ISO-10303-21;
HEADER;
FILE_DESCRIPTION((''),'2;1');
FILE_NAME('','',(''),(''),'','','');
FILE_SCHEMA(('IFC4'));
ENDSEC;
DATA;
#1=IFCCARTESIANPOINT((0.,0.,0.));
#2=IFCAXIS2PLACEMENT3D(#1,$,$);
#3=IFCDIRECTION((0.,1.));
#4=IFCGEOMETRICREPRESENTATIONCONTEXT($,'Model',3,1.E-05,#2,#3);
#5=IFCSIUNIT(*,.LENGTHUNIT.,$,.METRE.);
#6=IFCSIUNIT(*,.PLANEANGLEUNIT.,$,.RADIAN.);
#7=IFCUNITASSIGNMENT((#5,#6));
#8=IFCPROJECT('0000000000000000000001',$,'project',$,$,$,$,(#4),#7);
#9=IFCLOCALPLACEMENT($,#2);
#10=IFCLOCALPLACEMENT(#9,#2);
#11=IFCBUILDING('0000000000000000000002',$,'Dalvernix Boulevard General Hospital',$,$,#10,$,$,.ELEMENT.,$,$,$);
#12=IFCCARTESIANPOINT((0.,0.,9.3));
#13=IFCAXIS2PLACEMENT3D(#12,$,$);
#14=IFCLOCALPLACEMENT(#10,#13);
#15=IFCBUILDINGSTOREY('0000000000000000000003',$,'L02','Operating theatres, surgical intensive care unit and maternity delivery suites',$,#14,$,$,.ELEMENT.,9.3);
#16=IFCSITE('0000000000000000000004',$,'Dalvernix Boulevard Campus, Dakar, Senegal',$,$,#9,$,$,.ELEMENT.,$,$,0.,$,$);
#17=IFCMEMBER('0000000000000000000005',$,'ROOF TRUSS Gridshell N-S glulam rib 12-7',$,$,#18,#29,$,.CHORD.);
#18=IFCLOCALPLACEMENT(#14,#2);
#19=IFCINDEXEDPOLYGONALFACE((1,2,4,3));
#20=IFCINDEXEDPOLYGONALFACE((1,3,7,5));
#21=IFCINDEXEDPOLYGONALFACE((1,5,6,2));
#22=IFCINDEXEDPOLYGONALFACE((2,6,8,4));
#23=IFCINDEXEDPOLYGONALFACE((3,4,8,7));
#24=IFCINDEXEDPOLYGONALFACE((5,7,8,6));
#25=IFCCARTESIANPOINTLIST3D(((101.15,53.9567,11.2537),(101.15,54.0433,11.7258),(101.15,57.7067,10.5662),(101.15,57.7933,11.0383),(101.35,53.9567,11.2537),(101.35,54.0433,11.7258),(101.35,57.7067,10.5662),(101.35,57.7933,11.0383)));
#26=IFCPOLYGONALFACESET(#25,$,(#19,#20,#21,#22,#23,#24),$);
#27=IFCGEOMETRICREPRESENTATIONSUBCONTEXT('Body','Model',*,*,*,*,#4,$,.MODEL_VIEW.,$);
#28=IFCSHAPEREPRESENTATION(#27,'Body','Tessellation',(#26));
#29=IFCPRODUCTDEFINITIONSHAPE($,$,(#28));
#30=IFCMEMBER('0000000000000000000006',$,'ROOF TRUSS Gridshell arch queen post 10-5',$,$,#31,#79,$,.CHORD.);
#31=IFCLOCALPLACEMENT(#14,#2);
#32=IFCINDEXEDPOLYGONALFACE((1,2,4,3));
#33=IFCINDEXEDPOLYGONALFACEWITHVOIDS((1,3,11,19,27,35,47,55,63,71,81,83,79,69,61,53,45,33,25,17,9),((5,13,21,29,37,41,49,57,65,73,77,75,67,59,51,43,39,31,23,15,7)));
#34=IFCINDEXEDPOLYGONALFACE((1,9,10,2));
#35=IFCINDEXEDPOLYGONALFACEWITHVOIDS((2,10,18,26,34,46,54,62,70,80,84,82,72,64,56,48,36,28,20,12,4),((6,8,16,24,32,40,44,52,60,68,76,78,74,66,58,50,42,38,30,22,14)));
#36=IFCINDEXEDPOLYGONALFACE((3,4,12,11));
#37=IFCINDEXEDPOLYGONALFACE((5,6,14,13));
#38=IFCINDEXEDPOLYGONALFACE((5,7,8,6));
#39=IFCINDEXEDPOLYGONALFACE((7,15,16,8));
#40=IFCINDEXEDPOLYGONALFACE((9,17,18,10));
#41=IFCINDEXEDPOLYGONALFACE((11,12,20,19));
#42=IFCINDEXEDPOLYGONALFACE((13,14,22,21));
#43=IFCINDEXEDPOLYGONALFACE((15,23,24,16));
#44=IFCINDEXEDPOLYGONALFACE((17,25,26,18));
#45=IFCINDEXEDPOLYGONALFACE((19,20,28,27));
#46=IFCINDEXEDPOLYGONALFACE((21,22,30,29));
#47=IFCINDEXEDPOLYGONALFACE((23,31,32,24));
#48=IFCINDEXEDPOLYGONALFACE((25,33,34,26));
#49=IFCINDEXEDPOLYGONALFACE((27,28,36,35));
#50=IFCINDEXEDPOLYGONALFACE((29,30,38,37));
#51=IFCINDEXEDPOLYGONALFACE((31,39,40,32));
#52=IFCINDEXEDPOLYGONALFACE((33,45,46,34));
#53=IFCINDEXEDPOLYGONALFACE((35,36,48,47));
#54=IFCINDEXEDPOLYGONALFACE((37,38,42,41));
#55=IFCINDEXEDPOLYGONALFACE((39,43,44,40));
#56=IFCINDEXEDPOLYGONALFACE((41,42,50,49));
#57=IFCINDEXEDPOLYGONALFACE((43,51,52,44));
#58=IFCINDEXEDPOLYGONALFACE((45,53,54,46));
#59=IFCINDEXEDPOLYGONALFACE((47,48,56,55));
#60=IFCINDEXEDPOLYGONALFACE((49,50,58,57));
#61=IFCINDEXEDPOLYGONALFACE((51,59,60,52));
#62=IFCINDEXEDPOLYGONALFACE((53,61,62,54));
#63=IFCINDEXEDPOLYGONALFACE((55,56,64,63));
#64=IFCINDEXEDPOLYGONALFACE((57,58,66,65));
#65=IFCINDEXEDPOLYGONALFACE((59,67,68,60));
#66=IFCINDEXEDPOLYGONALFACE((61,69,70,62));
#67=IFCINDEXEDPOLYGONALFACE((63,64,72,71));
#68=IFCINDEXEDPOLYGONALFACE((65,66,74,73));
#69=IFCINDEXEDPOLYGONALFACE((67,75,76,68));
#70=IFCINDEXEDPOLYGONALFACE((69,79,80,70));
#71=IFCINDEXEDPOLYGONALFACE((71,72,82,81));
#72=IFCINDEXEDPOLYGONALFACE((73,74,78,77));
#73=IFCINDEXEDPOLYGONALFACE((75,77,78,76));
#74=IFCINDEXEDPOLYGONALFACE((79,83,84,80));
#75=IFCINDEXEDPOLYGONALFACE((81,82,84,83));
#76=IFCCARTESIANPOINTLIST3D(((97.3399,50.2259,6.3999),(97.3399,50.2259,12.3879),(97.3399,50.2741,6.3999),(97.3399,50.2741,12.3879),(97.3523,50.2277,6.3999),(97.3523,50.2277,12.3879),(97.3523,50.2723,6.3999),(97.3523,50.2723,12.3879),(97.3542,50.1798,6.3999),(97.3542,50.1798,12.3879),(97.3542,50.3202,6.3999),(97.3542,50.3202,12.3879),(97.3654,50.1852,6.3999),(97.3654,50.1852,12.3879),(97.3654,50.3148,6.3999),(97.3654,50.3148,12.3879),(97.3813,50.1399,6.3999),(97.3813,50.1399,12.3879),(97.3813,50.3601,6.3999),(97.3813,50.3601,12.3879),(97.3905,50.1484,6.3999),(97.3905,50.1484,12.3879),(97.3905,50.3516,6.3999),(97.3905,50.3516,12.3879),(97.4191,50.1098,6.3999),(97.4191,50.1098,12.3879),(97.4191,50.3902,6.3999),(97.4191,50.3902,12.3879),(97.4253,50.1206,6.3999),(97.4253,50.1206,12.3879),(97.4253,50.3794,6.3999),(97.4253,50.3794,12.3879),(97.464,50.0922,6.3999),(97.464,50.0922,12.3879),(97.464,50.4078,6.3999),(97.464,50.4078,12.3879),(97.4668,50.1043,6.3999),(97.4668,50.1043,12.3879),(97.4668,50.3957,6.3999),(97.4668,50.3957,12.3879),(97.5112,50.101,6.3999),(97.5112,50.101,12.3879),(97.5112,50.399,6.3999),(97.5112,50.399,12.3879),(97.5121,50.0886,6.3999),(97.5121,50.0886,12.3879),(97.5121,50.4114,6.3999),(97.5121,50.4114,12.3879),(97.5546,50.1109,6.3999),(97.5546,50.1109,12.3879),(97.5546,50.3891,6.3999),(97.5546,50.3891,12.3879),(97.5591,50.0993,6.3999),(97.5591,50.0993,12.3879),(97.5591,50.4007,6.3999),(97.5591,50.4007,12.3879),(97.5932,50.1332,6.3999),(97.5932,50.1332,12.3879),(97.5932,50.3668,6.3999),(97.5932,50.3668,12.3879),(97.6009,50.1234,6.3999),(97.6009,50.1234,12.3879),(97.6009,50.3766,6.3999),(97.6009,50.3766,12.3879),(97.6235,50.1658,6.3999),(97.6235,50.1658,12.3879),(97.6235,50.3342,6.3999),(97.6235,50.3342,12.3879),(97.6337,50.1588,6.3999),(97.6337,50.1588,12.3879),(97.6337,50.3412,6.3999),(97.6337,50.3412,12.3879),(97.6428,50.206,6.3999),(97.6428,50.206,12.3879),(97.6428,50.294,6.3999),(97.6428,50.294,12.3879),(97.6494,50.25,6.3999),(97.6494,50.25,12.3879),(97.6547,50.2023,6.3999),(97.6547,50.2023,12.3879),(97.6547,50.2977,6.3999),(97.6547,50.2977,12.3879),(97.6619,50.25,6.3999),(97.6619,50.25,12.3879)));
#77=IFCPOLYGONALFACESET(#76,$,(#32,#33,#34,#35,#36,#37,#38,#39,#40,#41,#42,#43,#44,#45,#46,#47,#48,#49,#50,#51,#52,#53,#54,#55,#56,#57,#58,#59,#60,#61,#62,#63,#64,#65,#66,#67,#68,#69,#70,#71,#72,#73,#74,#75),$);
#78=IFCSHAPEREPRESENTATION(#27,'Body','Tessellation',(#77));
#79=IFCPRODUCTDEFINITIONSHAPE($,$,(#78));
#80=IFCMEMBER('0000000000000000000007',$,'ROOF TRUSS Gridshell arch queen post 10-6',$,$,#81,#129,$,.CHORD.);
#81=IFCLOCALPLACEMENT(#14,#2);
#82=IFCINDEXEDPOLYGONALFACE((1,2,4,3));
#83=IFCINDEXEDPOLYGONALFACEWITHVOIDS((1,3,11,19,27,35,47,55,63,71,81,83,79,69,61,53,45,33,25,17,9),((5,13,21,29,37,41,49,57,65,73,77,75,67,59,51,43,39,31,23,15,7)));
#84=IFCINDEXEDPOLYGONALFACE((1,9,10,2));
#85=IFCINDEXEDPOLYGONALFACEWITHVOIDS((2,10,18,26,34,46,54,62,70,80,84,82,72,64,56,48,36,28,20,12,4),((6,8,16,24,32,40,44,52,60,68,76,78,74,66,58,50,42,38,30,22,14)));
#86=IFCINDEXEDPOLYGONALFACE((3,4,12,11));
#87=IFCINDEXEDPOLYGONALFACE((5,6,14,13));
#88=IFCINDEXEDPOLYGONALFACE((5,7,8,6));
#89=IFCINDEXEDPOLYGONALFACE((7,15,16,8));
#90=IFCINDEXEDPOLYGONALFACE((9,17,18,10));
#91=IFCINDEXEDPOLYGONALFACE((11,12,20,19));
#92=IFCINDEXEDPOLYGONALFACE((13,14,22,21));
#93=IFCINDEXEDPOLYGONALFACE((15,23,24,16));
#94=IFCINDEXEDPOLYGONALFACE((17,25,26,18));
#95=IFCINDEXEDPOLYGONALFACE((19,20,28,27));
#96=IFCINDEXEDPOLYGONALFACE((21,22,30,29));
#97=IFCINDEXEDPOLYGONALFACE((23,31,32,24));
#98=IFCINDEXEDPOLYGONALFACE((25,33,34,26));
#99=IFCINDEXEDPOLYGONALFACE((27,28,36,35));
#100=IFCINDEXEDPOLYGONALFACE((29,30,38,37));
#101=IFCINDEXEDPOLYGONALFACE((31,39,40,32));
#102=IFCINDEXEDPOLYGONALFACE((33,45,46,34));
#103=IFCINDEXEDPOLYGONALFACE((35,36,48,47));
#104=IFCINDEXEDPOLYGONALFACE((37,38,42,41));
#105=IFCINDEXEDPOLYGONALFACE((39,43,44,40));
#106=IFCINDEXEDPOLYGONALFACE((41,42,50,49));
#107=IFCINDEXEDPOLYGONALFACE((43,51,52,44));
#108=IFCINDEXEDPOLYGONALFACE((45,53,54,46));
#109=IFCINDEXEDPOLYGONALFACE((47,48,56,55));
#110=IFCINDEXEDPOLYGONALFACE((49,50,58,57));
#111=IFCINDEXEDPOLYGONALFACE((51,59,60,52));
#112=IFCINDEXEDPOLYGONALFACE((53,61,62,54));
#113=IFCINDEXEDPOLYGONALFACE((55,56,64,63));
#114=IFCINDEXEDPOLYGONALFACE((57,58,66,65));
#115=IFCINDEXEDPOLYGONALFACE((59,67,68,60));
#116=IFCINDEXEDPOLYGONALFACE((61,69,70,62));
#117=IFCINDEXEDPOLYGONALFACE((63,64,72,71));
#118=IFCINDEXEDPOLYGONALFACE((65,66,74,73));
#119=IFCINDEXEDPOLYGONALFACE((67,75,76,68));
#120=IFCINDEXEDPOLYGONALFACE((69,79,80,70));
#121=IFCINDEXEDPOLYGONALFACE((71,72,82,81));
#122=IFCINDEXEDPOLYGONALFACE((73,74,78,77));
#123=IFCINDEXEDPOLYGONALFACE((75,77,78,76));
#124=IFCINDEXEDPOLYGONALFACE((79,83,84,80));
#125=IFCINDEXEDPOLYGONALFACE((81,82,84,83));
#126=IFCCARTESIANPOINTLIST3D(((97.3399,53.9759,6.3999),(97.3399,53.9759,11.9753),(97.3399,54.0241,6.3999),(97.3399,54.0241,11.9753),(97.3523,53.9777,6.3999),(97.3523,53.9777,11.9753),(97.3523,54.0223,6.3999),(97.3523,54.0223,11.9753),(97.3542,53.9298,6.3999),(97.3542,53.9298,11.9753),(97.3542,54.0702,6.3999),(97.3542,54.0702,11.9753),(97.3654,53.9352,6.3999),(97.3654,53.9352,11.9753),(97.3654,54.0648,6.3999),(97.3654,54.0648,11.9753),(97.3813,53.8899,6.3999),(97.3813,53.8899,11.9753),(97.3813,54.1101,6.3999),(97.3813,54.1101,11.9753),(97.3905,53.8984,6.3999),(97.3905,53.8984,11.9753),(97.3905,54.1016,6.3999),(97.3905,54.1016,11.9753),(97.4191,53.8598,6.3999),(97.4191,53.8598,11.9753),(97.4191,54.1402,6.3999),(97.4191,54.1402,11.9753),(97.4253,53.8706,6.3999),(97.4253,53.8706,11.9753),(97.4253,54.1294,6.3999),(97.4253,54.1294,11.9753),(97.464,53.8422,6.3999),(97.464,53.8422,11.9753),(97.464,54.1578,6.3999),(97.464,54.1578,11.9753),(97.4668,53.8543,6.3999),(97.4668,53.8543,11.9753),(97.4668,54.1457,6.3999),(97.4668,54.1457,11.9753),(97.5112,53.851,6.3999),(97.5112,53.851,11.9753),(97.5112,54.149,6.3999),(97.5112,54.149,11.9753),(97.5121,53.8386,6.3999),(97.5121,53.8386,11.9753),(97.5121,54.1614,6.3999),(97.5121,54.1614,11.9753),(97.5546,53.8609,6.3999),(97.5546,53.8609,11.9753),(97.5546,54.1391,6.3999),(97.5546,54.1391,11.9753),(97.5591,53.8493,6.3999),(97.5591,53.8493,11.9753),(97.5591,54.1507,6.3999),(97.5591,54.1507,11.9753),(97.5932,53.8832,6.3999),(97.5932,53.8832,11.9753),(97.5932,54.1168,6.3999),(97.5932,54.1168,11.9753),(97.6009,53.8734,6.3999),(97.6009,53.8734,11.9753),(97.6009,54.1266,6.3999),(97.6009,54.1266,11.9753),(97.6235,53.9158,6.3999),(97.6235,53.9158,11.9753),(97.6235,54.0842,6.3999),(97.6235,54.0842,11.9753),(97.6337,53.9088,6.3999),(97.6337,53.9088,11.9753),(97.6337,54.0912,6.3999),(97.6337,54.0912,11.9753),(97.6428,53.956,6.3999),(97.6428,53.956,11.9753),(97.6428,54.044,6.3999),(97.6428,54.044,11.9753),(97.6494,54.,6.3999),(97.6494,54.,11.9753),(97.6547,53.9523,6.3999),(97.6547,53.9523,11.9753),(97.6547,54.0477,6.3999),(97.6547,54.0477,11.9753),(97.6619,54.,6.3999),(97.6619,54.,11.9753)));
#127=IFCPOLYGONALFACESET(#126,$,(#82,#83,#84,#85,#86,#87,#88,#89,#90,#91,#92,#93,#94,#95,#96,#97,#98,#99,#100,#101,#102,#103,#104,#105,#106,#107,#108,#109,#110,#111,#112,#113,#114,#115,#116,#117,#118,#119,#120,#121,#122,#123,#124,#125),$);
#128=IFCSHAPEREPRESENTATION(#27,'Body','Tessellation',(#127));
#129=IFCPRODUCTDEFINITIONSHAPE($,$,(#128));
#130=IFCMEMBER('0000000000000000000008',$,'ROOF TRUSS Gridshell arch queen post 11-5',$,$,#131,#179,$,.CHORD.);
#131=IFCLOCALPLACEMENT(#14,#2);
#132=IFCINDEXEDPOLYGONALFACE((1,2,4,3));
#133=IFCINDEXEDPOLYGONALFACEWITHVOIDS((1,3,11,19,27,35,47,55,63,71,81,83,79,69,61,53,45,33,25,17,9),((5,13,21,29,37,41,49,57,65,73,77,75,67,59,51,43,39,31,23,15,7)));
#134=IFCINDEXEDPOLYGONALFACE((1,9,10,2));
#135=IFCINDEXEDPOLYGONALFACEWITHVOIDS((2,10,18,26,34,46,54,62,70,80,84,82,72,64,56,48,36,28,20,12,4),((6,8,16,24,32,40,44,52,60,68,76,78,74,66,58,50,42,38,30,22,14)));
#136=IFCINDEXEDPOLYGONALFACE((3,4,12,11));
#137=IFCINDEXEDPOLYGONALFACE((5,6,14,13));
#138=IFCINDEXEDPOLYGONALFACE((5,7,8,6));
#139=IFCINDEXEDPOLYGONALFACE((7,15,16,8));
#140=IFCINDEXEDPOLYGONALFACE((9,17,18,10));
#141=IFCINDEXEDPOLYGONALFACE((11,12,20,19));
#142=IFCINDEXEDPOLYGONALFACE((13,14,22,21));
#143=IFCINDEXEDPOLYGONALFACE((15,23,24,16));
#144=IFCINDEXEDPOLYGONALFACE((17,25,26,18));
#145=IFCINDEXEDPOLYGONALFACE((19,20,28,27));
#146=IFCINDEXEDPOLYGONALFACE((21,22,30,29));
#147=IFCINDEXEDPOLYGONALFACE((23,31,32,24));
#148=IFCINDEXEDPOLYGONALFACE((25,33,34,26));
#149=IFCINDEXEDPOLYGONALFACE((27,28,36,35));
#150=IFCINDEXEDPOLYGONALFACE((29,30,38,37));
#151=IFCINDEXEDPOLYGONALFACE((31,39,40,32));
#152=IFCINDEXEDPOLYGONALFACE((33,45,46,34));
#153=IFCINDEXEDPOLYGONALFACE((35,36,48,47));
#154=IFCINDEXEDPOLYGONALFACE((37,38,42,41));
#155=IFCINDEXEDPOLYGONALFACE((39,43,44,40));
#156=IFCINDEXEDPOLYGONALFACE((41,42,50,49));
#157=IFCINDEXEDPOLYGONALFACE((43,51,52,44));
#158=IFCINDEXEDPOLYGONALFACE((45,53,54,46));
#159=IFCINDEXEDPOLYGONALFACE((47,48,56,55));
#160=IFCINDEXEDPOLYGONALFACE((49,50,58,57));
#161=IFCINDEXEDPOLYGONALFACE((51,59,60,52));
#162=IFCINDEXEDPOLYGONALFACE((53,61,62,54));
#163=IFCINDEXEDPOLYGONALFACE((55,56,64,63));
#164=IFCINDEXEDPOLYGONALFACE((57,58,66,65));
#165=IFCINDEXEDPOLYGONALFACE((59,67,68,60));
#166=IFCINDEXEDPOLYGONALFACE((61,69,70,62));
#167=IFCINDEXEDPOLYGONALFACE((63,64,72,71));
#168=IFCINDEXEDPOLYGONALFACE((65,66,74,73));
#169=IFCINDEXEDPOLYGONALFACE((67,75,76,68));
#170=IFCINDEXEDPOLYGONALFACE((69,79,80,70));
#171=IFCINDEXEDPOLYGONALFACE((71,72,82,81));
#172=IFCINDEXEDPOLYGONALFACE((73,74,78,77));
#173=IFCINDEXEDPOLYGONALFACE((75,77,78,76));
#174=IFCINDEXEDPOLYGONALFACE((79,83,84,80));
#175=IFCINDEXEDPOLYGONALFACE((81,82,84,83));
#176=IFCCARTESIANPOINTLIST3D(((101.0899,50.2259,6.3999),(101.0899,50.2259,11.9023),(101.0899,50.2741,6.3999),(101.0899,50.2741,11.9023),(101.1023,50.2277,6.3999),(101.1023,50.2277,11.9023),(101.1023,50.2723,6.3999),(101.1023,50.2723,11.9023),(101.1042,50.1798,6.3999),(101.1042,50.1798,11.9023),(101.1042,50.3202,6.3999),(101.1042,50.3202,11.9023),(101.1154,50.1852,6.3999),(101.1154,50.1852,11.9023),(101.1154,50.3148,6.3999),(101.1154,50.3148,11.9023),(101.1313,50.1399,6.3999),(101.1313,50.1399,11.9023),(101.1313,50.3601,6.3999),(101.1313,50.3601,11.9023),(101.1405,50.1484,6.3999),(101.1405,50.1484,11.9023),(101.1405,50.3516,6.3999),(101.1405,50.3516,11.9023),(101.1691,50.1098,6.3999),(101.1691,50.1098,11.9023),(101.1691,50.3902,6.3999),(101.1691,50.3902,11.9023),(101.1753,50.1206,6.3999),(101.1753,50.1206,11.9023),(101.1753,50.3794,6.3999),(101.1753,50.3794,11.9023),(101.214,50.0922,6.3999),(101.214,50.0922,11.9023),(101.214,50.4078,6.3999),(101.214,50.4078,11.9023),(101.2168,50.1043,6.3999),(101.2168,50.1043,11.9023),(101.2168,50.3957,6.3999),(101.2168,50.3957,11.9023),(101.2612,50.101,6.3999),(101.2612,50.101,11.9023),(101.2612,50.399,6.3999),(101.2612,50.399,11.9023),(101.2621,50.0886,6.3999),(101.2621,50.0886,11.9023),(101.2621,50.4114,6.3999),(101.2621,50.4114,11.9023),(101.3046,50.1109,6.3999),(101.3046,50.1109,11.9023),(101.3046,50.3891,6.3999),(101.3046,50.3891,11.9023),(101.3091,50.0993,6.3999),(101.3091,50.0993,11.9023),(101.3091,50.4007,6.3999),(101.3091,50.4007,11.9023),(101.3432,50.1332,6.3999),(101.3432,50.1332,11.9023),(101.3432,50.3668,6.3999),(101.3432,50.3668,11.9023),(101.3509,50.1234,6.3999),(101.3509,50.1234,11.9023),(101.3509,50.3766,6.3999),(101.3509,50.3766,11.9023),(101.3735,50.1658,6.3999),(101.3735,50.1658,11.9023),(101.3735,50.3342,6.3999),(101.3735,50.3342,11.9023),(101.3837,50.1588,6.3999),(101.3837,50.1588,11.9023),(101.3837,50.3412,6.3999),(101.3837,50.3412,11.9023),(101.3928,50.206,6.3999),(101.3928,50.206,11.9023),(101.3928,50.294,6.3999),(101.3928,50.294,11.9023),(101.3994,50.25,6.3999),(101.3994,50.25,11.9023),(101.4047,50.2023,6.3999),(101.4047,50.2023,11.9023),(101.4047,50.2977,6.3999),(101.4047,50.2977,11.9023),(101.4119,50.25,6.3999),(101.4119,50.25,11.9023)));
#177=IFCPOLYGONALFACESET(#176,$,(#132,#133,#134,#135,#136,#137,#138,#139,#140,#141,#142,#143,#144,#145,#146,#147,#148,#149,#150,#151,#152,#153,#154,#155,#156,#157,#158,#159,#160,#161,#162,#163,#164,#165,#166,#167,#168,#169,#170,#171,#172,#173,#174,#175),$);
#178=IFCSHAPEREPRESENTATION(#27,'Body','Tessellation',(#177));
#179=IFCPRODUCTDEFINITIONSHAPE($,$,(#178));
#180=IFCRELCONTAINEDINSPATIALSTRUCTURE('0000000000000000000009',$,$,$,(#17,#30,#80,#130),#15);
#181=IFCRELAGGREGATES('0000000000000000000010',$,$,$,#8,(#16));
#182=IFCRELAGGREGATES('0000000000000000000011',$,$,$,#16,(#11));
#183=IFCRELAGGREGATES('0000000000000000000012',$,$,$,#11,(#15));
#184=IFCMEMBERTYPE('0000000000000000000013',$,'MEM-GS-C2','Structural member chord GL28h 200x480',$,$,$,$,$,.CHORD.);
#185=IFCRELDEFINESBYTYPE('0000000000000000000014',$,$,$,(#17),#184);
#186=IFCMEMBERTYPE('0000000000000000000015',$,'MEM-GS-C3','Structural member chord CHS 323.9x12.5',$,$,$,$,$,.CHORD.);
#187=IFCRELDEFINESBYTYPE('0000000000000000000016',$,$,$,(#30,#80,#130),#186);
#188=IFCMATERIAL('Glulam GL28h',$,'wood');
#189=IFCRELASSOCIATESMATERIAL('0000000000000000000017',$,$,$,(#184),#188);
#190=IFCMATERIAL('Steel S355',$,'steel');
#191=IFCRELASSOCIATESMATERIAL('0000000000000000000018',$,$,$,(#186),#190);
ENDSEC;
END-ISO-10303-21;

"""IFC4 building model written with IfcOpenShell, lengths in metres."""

from ifc_helpers import new_model, si_unit, direction, frame, origin, origin_2d, place, context, subcontext, project, spatial, rectangle, hollow_circle, extrude, material, material_profile, profile_set, type_object, element, save


model = new_model("IFC4")

# Units and contexts
model_context = context("Model", 3, precision=1e-05, world=origin(), true_north=direction((0.0, 1.0)))
body_context = subcontext(model_context, "Body", "Model", "MODEL_VIEW")
ifc_project = project(units=[si_unit("LENGTHUNIT", "METRE"), si_unit("PLANEANGLEUNIT", "RADIAN")], contexts=[model_context])

# Site, building, storey
site_placement = place(None, origin())
site = spatial("IfcSite", under=ifc_project, at=site_placement, Name="Dalvernix Boulevard Campus, Dakar, Senegal", CompositionType="ELEMENT", RefElevation=0.0)
building_placement = place(site_placement, origin())
building = spatial("IfcBuilding", under=site, at=building_placement, Name="Dalvernix Boulevard General Hospital", CompositionType="ELEMENT")
storey_placement = place(building_placement, frame((0.0, 0.0, 9.3)))
storey = spatial("IfcBuildingStorey", under=building, at=storey_placement, Name="L02", Description="Operating theatres, surgical intensive care unit and maternity delivery suites", CompositionType="ELEMENT", Elevation=9.3)

# Shared definitions
ifc_material_1 = material(Name="Steel S355", Category="steel")

# Members
ifc_material_2 = material(Name="Glulam GL28h", Category="wood")
ifc_material_profile_1 = material_profile(ifc_material_2, rectangle(XDim=0.2, YDim=0.48, at=origin_2d()), Name="GL28h 200x480")
ifc_profile_set_1 = profile_set([ifc_material_profile_1], Name="Glulam GL28h")
member_type_1 = type_object("IfcMemberType", Name="MEM-GS-C2", Description="Structural member chord GL28h 200x480", PredefinedType="CHORD", material=ifc_profile_set_1)
member_1_placement = place(storey_placement, frame((101.25, 54.0, 11.4897), z_axis=(0.0, 0.983607, -0.180328), x_axis=(-1.0, 0.0, 0.0)))
element("IfcMember", 1, at=member_1_placement, inside=storey, type_object=member_type_1, Name="ROOF TRUSS Gridshell N-S glulam rib 12-7", PredefinedType="CHORD", context=body_context, shape_type="SweptSolid", body=[
    extrude(rectangle(XDim=0.2, YDim=0.48, at=origin_2d()), origin(), (0.0, 0.0, 1.0), 3.8125),
])
ifc_material_profile_2 = material_profile(ifc_material_1, hollow_circle(Radius=0.1619, WallThickness=0.0125, at=origin_2d()), Name="CHS 323.9x12.5")
ifc_profile_set_2 = profile_set([ifc_material_profile_2], Name="Steel S355")
member_type_2 = type_object("IfcMemberType", Name="MEM-GS-C3", Description="Structural member chord CHS 323.9x12.5", PredefinedType="CHORD", material=ifc_profile_set_2)
member_2_placement = place(storey_placement, frame((97.5, 50.25, 6.3999), z_axis=(0.0, 0.0, 1.0), x_axis=(1.0, 0.0, 0.0)))
element("IfcMember", 2, at=member_2_placement, inside=storey, type_object=member_type_2, Name="ROOF TRUSS Gridshell arch queen post 10-5", PredefinedType="CHORD", context=body_context, shape_type="SweptSolid", body=[
    extrude(hollow_circle(Radius=0.1619, WallThickness=0.0125, at=origin_2d()), origin(), (0.0, 0.0, 1.0), 5.988),
])
member_3_placement = place(storey_placement, frame((97.5, 54.0, 6.3999), z_axis=(0.0, 0.0, 1.0), x_axis=(1.0, 0.0, 0.0)))
element("IfcMember", 3, at=member_3_placement, inside=storey, type_object=member_type_2, Name="ROOF TRUSS Gridshell arch queen post 10-6", PredefinedType="CHORD", context=body_context, shape_type="SweptSolid", body=[
    extrude(hollow_circle(Radius=0.1619, WallThickness=0.0125, at=origin_2d()), origin(), (0.0, 0.0, 1.0), 5.5754),
])
member_4_placement = place(storey_placement, frame((101.25, 50.25, 6.3999), z_axis=(0.0, 0.0, 1.0), x_axis=(1.0, 0.0, 0.0)))
element("IfcMember", 4, at=member_4_placement, inside=storey, type_object=member_type_2, Name="ROOF TRUSS Gridshell arch queen post 11-5", PredefinedType="CHORD", context=body_context, shape_type="SweptSolid", body=[
    extrude(hollow_circle(Radius=0.1619, WallThickness=0.0125, at=origin_2d()), origin(), (0.0, 0.0, 1.0), 5.5024),
])

save(model, "model.ifc")
